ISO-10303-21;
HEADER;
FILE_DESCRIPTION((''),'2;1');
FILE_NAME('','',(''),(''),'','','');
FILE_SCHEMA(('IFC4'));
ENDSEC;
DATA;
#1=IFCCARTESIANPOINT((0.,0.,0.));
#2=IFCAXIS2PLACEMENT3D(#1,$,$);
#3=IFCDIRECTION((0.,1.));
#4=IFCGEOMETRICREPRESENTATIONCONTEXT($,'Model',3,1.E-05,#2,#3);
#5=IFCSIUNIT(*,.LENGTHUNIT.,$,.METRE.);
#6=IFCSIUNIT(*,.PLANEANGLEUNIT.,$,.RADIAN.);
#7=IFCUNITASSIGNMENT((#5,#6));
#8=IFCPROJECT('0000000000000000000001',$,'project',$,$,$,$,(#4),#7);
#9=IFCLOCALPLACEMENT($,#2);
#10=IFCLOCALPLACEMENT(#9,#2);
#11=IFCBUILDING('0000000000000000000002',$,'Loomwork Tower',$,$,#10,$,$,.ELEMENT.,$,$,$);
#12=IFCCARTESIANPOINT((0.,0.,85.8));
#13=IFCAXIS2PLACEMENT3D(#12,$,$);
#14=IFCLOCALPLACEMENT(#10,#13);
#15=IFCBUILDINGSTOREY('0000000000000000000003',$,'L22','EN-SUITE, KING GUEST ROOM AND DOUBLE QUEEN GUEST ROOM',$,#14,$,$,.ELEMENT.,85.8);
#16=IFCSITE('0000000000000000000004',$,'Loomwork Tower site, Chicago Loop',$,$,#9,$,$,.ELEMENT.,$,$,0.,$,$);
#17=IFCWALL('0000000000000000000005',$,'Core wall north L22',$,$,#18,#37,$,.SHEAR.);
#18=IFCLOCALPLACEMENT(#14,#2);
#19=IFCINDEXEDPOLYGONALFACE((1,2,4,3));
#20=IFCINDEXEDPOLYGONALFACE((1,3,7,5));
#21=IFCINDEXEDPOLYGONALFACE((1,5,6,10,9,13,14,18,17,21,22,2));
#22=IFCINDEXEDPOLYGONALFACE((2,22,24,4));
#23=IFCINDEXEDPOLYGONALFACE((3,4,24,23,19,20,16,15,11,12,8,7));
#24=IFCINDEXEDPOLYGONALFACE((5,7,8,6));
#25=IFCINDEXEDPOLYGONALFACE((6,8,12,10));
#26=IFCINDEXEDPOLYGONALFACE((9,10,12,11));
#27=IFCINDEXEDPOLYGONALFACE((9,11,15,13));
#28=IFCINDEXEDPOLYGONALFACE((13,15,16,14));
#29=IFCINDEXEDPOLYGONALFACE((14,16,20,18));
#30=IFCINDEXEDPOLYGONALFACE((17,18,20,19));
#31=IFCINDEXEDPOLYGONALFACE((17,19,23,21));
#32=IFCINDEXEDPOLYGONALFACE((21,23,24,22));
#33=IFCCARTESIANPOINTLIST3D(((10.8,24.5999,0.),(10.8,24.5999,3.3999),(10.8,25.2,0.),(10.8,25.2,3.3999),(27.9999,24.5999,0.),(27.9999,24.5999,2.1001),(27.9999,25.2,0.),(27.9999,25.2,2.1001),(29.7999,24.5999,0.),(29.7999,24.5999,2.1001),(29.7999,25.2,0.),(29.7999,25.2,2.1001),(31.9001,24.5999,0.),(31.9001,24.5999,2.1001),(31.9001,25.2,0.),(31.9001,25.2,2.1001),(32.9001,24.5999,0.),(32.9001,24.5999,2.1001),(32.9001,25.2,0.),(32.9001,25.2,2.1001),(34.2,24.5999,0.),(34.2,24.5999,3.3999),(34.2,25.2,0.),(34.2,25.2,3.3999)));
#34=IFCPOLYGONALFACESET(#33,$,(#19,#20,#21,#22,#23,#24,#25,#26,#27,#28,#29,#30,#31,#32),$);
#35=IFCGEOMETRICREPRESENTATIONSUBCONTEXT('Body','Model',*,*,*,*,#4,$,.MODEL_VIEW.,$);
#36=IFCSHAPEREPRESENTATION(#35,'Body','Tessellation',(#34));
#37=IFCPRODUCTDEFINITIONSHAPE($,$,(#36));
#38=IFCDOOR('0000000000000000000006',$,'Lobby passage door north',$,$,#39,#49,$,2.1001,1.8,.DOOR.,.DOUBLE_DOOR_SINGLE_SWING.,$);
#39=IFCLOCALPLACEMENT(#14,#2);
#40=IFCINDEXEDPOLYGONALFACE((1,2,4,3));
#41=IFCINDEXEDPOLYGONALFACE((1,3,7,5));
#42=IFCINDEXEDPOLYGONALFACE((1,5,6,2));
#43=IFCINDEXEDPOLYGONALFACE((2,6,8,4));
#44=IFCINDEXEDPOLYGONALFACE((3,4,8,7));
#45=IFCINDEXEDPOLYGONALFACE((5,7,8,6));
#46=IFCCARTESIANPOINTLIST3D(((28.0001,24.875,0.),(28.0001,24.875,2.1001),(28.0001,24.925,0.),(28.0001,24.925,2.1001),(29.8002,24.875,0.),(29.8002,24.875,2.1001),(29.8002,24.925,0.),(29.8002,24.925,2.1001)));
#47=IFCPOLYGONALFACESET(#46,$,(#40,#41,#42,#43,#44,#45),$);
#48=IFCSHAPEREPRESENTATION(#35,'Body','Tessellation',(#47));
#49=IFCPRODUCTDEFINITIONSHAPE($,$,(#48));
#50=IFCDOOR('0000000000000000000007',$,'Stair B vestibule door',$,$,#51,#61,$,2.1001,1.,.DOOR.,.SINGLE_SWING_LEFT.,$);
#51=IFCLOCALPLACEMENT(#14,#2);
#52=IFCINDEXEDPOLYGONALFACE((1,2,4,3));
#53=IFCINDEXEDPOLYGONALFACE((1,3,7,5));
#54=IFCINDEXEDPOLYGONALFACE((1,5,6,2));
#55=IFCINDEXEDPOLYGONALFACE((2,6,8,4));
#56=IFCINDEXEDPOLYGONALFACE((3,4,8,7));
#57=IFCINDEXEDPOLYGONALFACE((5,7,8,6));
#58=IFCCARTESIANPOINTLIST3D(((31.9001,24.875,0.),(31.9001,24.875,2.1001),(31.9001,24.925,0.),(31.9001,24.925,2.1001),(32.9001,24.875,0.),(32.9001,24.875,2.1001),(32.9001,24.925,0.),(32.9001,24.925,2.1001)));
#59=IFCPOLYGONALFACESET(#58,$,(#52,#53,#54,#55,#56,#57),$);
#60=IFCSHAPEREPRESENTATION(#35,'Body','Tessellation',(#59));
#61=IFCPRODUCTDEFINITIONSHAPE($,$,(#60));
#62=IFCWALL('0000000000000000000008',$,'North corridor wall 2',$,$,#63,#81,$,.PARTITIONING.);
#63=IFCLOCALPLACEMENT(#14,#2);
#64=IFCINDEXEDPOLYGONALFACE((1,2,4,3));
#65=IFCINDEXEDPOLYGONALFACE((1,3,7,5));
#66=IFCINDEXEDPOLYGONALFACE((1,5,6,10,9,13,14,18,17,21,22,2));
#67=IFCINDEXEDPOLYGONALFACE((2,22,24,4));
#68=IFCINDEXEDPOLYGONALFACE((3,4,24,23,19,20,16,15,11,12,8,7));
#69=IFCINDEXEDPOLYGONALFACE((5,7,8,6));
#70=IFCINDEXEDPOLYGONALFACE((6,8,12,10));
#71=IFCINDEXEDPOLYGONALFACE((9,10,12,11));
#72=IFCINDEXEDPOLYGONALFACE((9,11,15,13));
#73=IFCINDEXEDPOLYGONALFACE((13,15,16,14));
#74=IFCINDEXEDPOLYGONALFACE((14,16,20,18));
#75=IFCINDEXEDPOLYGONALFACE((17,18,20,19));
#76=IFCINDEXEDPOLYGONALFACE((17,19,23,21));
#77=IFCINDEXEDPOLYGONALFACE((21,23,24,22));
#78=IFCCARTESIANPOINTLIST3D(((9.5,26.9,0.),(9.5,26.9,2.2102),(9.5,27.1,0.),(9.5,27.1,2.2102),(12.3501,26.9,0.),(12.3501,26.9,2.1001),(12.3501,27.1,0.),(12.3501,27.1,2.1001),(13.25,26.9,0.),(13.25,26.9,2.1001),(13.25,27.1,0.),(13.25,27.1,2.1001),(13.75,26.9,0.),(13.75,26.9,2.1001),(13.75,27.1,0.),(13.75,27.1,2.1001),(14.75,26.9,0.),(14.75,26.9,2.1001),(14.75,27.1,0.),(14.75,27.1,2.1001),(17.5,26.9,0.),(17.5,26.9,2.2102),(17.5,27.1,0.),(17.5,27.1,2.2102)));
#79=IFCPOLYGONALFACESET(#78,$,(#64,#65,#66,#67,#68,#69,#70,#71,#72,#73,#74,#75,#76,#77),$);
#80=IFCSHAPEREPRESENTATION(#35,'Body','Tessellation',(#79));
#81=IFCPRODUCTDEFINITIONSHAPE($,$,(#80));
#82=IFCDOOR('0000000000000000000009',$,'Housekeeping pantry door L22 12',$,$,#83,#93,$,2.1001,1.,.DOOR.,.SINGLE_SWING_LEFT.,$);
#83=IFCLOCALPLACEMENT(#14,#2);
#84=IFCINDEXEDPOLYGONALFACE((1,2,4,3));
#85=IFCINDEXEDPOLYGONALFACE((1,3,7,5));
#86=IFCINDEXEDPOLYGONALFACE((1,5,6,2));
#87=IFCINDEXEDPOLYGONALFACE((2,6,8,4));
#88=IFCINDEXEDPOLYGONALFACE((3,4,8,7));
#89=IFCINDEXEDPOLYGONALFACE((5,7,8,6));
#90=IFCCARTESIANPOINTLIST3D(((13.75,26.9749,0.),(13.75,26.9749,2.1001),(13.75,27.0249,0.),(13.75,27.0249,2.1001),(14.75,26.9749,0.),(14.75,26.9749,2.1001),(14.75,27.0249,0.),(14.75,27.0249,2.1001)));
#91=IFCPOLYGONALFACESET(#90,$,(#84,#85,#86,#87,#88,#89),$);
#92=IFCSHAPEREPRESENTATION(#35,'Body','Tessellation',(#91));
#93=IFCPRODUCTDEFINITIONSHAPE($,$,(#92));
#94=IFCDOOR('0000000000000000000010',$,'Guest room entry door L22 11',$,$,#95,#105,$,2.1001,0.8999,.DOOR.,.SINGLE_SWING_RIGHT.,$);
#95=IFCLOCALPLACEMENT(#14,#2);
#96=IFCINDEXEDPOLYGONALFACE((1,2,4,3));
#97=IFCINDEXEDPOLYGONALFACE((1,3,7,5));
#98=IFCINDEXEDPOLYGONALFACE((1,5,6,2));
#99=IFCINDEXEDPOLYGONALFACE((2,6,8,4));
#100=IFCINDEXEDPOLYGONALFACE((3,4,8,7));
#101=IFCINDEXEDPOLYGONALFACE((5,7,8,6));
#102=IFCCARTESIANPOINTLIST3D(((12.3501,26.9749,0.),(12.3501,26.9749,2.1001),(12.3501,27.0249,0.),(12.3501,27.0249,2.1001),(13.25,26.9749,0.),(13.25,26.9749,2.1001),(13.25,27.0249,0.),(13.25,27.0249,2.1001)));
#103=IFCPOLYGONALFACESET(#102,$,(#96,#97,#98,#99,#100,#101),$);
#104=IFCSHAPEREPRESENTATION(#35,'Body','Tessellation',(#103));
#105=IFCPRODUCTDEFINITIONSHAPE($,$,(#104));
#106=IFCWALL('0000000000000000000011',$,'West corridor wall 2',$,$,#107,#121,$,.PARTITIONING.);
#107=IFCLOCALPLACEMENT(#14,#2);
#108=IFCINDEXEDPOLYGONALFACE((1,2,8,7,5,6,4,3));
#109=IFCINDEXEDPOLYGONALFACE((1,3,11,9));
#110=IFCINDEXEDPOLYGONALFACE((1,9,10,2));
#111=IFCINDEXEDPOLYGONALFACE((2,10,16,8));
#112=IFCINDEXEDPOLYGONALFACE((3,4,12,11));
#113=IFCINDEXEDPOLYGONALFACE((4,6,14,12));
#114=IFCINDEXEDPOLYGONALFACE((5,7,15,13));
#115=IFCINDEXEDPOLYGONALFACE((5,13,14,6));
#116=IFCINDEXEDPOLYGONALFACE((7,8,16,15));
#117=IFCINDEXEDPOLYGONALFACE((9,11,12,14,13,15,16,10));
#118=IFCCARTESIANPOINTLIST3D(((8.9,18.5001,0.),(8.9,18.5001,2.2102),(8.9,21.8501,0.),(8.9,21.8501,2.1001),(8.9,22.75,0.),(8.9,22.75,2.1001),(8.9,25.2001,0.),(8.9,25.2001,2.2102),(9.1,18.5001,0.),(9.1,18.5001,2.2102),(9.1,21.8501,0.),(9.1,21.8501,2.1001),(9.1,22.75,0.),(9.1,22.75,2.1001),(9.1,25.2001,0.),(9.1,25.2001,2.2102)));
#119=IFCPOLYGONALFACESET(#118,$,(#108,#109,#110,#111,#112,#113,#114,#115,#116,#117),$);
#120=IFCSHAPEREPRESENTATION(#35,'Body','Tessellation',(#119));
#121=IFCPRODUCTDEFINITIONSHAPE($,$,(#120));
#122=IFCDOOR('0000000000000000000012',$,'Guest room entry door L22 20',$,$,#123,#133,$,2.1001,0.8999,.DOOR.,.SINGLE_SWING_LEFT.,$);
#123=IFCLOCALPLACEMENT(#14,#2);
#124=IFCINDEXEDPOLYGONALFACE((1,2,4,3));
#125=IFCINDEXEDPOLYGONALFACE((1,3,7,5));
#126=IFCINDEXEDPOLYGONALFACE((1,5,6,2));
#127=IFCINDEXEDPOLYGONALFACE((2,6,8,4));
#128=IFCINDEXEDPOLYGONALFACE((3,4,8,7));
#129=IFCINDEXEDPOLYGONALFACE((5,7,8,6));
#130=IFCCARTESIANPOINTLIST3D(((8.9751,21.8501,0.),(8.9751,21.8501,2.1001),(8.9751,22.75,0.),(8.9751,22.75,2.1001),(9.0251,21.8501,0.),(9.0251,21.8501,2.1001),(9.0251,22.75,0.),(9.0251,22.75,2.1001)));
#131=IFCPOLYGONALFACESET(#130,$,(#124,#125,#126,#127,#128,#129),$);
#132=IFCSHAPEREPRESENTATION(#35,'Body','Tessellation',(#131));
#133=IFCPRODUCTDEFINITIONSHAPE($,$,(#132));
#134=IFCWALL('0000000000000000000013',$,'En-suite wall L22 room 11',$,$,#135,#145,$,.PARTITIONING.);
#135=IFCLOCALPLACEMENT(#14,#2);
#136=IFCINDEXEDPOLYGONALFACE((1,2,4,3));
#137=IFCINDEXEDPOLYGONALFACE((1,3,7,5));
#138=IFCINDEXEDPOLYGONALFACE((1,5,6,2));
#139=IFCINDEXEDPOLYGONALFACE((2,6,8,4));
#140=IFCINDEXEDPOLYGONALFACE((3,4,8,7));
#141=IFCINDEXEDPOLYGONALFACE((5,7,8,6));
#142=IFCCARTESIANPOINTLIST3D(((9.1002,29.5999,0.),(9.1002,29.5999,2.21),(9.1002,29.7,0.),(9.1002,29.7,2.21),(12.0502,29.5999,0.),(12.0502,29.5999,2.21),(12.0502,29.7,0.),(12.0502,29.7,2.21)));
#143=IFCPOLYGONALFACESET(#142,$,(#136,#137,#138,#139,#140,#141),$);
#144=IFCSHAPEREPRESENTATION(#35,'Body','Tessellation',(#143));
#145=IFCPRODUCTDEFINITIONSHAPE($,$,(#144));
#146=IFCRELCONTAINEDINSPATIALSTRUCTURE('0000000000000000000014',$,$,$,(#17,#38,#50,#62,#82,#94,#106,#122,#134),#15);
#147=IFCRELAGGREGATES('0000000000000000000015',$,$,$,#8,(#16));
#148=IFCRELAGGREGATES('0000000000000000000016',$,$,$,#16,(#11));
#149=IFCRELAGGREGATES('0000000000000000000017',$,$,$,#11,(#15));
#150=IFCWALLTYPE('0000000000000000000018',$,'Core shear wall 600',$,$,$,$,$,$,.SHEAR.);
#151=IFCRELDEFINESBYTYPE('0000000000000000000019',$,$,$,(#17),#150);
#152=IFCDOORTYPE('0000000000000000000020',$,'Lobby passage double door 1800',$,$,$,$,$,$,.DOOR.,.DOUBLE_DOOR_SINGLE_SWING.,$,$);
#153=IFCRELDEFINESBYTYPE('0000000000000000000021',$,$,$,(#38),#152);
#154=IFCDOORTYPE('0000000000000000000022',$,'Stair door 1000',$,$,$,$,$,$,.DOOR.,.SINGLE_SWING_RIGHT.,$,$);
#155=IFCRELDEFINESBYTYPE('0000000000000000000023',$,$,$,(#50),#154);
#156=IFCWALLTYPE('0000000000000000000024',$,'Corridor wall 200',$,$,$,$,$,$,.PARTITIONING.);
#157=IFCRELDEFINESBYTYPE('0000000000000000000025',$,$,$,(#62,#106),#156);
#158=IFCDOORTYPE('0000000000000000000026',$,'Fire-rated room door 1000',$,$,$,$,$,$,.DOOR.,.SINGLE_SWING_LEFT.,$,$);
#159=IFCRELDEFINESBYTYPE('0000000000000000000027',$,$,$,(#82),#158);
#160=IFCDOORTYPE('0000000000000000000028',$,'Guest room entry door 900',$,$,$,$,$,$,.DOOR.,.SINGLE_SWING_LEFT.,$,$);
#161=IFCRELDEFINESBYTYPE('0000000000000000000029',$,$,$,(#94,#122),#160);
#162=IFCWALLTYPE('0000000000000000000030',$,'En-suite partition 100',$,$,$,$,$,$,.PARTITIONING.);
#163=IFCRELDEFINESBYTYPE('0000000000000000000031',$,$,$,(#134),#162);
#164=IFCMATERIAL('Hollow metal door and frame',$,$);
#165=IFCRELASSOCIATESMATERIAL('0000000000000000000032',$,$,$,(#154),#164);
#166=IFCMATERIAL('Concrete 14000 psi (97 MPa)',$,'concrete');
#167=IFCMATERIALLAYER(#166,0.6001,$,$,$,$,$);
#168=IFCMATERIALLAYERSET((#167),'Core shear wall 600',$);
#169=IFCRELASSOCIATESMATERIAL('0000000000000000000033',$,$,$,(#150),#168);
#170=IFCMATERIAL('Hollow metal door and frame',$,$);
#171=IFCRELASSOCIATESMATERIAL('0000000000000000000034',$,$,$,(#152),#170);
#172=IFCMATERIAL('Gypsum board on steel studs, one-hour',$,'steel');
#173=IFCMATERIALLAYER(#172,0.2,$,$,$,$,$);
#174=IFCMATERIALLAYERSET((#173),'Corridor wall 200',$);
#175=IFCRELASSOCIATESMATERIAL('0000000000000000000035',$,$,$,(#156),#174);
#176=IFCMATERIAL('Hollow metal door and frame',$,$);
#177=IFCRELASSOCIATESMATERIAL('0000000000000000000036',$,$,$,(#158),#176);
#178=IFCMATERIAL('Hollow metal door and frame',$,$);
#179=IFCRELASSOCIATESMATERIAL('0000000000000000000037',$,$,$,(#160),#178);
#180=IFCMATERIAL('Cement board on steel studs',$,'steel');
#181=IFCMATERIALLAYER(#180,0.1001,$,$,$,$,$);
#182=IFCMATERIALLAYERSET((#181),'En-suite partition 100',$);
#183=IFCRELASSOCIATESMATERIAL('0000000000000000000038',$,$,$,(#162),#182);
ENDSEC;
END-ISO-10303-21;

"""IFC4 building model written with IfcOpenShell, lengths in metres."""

from ifc_helpers import new_model, si_unit, direction, frame, frame_2d, origin, place, context, subcontext, project, spatial, rectangle, extrude, material, layer, layer_set, type_object, element, fill, save


model = new_model("IFC4")

# Units and contexts
model_context = context("Model", 3, precision=1e-05, world=origin(), true_north=direction((0.0, 1.0)))
body_context = subcontext(model_context, "Body", "Model", "MODEL_VIEW")
ifc_project = project(units=[si_unit("LENGTHUNIT", "METRE"), si_unit("PLANEANGLEUNIT", "RADIAN")], contexts=[model_context])

# Site, building, storey
site_placement = place(None, origin())
site = spatial("IfcSite", under=ifc_project, at=site_placement, Name="Loomwork Tower site, Chicago Loop", CompositionType="ELEMENT", RefElevation=0.0)
building_placement = place(site_placement, origin())
building = spatial("IfcBuilding", under=site, at=building_placement, Name="Loomwork Tower", CompositionType="ELEMENT")
storey_placement = place(building_placement, frame((0.0, 0.0, 85.8)))
storey = spatial("IfcBuildingStorey", under=building, at=storey_placement, Name="L22", Description="EN-SUITE, KING GUEST ROOM AND DOUBLE QUEEN GUEST ROOM", CompositionType="ELEMENT", Elevation=85.8)

# Shared definitions
ifc_material_1 = material(Name="Hollow metal door and frame")
door_type_1 = type_object("IfcDoorType", Name="Stair door 1000", OperationType="SINGLE_SWING_RIGHT", PredefinedType="DOOR", material=ifc_material_1)

# Walls, openings, doors
ifc_material_2 = material(Name="Concrete 14000 psi (97 MPa)", Category="concrete")
ifc_layer_1 = layer(ifc_material_2, 0.6001)
ifc_layer_set_1 = layer_set([ifc_layer_1], Name="Core shear wall 600")
wall_type_1 = type_object("IfcWallType", Name="Core shear wall 600", PredefinedType="SHEAR", material=ifc_layer_set_1)
wall_1_placement = place(storey_placement, frame((10.8, 24.8999, 0.0), z_axis=(0.0, 0.0, 1.0), x_axis=(1.0, 0.0, 0.0)))
wall_1 = element("IfcWall", 1, at=wall_1_placement, inside=storey, type_object=wall_type_1, Name="Core wall north L22", PredefinedType="SHEAR", context=body_context, shape_type="SweptSolid", body=[
    extrude(rectangle(XDim=23.3999, YDim=0.6001, at=frame_2d((11.7, 0.0))), origin(), (0.0, 0.0, 1.0), 3.3999),
])
opening_1_placement = place(wall_1_placement, frame((17.2, 0.0, 0.0)))
opening_1 = element("IfcOpeningElement", 2, at=opening_1_placement, cuts=wall_1, PredefinedType="OPENING", context=body_context, shape_type="SweptSolid", body=[
    extrude(rectangle(XDim=1.8, YDim=2.1001, at=frame_2d((0.8999, 1.05))), frame((0.0, 0.3101, 0.0), z_axis=(0.0, -1.0, 0.0), x_axis=(1.0, 0.0, 0.0)), (0.0, 0.0, 1.0), 0.6201),
])
opening_2_placement = place(wall_1_placement, frame((21.1001, 0.0, 0.0)))
opening_2 = element("IfcOpeningElement", 3, at=opening_2_placement, cuts=wall_1, PredefinedType="OPENING", context=body_context, shape_type="SweptSolid", body=[
    extrude(rectangle(XDim=1.0, YDim=2.1001, at=frame_2d((0.5, 1.05))), frame((0.0, 0.3101, 0.0), z_axis=(0.0, -1.0, 0.0), x_axis=(1.0, 0.0, 0.0)), (0.0, 0.0, 1.0), 0.6201),
])
ifc_material_3 = material(Name="Hollow metal door and frame")
door_type_2 = type_object("IfcDoorType", Name="Lobby passage double door 1800", OperationType="DOUBLE_DOOR_SINGLE_SWING", PredefinedType="DOOR", material=ifc_material_3)
door_1_placement = place(opening_1_placement, frame((1.8, 0.0, 0.0), z_axis=(0.0, 0.0, 1.0), x_axis=(-1.0, 0.0, 0.0)))
door_1 = element("IfcDoor", 4, at=door_1_placement, inside=storey, type_object=door_type_2, Name="Lobby passage door north", OperationType="DOUBLE_DOOR_SINGLE_SWING", OverallHeight=2.1001, OverallWidth=1.8, PredefinedType="DOOR", context=body_context, shape_type="SweptSolid", body=[
    extrude(rectangle(XDim=1.8, YDim=2.1001, at=frame_2d((0.8999, 1.05))), frame((0.0, 0.0249, 0.0), z_axis=(0.0, -1.0, 0.0), x_axis=(1.0, 0.0, 0.0)), (0.0, 0.0, 1.0), 0.05),
])
fill(opening_1, door_1)
door_2_placement = place(opening_2_placement, frame((1.0, 0.0, 0.0), z_axis=(0.0, 0.0, 1.0), x_axis=(-1.0, 0.0, 0.0)))
door_2 = element("IfcDoor", 5, at=door_2_placement, inside=storey, type_object=door_type_1, Name="Stair B vestibule door", OperationType="SINGLE_SWING_LEFT", OverallHeight=2.1001, OverallWidth=1.0, PredefinedType="DOOR", context=body_context, shape_type="SweptSolid", body=[
    extrude(rectangle(XDim=1.0, YDim=2.1001, at=frame_2d((0.5, 1.05))), frame((0.0, 0.0249, 0.0), z_axis=(0.0, -1.0, 0.0), x_axis=(1.0, 0.0, 0.0)), (0.0, 0.0, 1.0), 0.05),
])
fill(opening_2, door_2)
ifc_material_4 = material(Name="Gypsum board on steel studs, one-hour", Category="steel")
ifc_layer_2 = layer(ifc_material_4, 0.2)
ifc_layer_set_2 = layer_set([ifc_layer_2], Name="Corridor wall 200")
wall_type_2 = type_object("IfcWallType", Name="Corridor wall 200", PredefinedType="PARTITIONING", material=ifc_layer_set_2)
wall_2_placement = place(storey_placement, frame((9.5, 27.0, 0.0), z_axis=(0.0, 0.0, 1.0), x_axis=(1.0, 0.0, 0.0)))
wall_2 = element("IfcWall", 6, at=wall_2_placement, inside=storey, type_object=wall_type_2, Name="North corridor wall 2", PredefinedType="PARTITIONING", context=body_context, shape_type="SweptSolid", body=[
    extrude(rectangle(XDim=8.0, YDim=0.2, at=frame_2d((4.0, 0.0))), origin(), (0.0, 0.0, 1.0), 2.2102),
])
opening_3_placement = place(wall_2_placement, frame((2.8501, 0.0, 0.0)))
opening_3 = element("IfcOpeningElement", 7, at=opening_3_placement, cuts=wall_2, PredefinedType="OPENING", context=body_context, shape_type="SweptSolid", body=[
    extrude(rectangle(XDim=0.8999, YDim=2.1001, at=frame_2d((0.45, 1.05))), frame((0.0, 0.1099, 0.0), z_axis=(0.0, -1.0, 0.0), x_axis=(1.0, 0.0, 0.0)), (0.0, 0.0, 1.0), 0.22),
])
opening_4_placement = place(wall_2_placement, frame((4.25, 0.0, 0.0)))
opening_4 = element("IfcOpeningElement", 8, at=opening_4_placement, cuts=wall_2, PredefinedType="OPENING", context=body_context, shape_type="SweptSolid", body=[
    extrude(rectangle(XDim=1.0, YDim=2.1001, at=frame_2d((0.5, 1.05))), frame((0.0, 0.1099, 0.0), z_axis=(0.0, -1.0, 0.0), x_axis=(1.0, 0.0, 0.0)), (0.0, 0.0, 1.0), 0.22),
])
ifc_material_5 = material(Name="Hollow metal door and frame")
door_type_3 = type_object("IfcDoorType", Name="Fire-rated room door 1000", OperationType="SINGLE_SWING_LEFT", PredefinedType="DOOR", material=ifc_material_5)
door_3_placement = place(opening_4_placement, origin())
door_3 = element("IfcDoor", 9, at=door_3_placement, inside=storey, type_object=door_type_3, Name="Housekeeping pantry door L22 12", OperationType="SINGLE_SWING_LEFT", OverallHeight=2.1001, OverallWidth=1.0, PredefinedType="DOOR", context=body_context, shape_type="SweptSolid", body=[
    extrude(rectangle(XDim=1.0, YDim=2.1001, at=frame_2d((0.5, 1.05))), frame((0.0, 0.0249, 0.0), z_axis=(0.0, -1.0, 0.0), x_axis=(1.0, 0.0, 0.0)), (0.0, 0.0, 1.0), 0.05),
])
fill(opening_4, door_3)
ifc_material_6 = material(Name="Hollow metal door and frame")
door_type_4 = type_object("IfcDoorType", Name="Guest room entry door 900", OperationType="SINGLE_SWING_LEFT", PredefinedType="DOOR", material=ifc_material_6)
door_4_placement = place(opening_3_placement, origin())
door_4 = element("IfcDoor", 10, at=door_4_placement, inside=storey, type_object=door_type_4, Name="Guest room entry door L22 11", OperationType="SINGLE_SWING_RIGHT", OverallHeight=2.1001, OverallWidth=0.8999, PredefinedType="DOOR", context=body_context, shape_type="SweptSolid", body=[
    extrude(rectangle(XDim=0.8999, YDim=2.1001, at=frame_2d((0.45, 1.05))), frame((0.0, 0.0249, 0.0), z_axis=(0.0, -1.0, 0.0), x_axis=(1.0, 0.0, 0.0)), (0.0, 0.0, 1.0), 0.05),
])
fill(opening_3, door_4)

# Wall, opening, door
wall_3_placement = place(storey_placement, frame((9.0, 18.5, 0.0), z_axis=(0.0, 0.0, 1.0), x_axis=(0.0, 1.0, 0.0)))
wall_3 = element("IfcWall", 11, at=wall_3_placement, inside=storey, type_object=wall_type_2, Name="West corridor wall 2", PredefinedType="PARTITIONING", context=body_context, shape_type="SweptSolid", body=[
    extrude(rectangle(XDim=6.7, YDim=0.2, at=frame_2d((3.3501, 0.0))), origin(), (0.0, 0.0, 1.0), 2.2102),
])
opening_5_placement = place(wall_3_placement, frame((3.3501, 0.0, 0.0)))
opening_5 = element("IfcOpeningElement", 12, at=opening_5_placement, cuts=wall_3, PredefinedType="OPENING", context=body_context, shape_type="SweptSolid", body=[
    extrude(rectangle(XDim=0.8999, YDim=2.1001, at=frame_2d((0.45, 1.05))), frame((0.0, 0.1099, 0.0), z_axis=(0.0, -1.0, 0.0), x_axis=(1.0, 0.0, 0.0)), (0.0, 0.0, 1.0), 0.22),
])
door_5_placement = place(opening_5_placement, origin())
door_5 = element("IfcDoor", 13, at=door_5_placement, inside=storey, type_object=door_type_4, Name="Guest room entry door L22 20", OperationType="SINGLE_SWING_LEFT", OverallHeight=2.1001, OverallWidth=0.8999, PredefinedType="DOOR", context=body_context, shape_type="SweptSolid", body=[
    extrude(rectangle(XDim=0.8999, YDim=2.1001, at=frame_2d((0.45, 1.05))), frame((0.0, 0.0249, 0.0), z_axis=(0.0, -1.0, 0.0), x_axis=(1.0, 0.0, 0.0)), (0.0, 0.0, 1.0), 0.05),
])
fill(opening_5, door_5)

# Wall
ifc_material_7 = material(Name="Cement board on steel studs", Category="steel")
ifc_layer_3 = layer(ifc_material_7, 0.1001)
ifc_layer_set_3 = layer_set([ifc_layer_3], Name="En-suite partition 100")
wall_type_3 = type_object("IfcWallType", Name="En-suite partition 100", PredefinedType="PARTITIONING", material=ifc_layer_set_3)
wall_4_placement = place(storey_placement, frame((9.1001, 29.6499, 0.0), z_axis=(0.0, 0.0, 1.0), x_axis=(1.0, 0.0, 0.0)))
element("IfcWall", 14, at=wall_4_placement, inside=storey, type_object=wall_type_3, Name="En-suite wall L22 room 11", PredefinedType="PARTITIONING", context=body_context, shape_type="SweptSolid", body=[
    extrude(rectangle(XDim=2.95, YDim=0.1001, at=frame_2d((1.4751, 0.0))), origin(), (0.0, 0.0, 1.0), 2.21),
])

save(model, "model.ifc")
